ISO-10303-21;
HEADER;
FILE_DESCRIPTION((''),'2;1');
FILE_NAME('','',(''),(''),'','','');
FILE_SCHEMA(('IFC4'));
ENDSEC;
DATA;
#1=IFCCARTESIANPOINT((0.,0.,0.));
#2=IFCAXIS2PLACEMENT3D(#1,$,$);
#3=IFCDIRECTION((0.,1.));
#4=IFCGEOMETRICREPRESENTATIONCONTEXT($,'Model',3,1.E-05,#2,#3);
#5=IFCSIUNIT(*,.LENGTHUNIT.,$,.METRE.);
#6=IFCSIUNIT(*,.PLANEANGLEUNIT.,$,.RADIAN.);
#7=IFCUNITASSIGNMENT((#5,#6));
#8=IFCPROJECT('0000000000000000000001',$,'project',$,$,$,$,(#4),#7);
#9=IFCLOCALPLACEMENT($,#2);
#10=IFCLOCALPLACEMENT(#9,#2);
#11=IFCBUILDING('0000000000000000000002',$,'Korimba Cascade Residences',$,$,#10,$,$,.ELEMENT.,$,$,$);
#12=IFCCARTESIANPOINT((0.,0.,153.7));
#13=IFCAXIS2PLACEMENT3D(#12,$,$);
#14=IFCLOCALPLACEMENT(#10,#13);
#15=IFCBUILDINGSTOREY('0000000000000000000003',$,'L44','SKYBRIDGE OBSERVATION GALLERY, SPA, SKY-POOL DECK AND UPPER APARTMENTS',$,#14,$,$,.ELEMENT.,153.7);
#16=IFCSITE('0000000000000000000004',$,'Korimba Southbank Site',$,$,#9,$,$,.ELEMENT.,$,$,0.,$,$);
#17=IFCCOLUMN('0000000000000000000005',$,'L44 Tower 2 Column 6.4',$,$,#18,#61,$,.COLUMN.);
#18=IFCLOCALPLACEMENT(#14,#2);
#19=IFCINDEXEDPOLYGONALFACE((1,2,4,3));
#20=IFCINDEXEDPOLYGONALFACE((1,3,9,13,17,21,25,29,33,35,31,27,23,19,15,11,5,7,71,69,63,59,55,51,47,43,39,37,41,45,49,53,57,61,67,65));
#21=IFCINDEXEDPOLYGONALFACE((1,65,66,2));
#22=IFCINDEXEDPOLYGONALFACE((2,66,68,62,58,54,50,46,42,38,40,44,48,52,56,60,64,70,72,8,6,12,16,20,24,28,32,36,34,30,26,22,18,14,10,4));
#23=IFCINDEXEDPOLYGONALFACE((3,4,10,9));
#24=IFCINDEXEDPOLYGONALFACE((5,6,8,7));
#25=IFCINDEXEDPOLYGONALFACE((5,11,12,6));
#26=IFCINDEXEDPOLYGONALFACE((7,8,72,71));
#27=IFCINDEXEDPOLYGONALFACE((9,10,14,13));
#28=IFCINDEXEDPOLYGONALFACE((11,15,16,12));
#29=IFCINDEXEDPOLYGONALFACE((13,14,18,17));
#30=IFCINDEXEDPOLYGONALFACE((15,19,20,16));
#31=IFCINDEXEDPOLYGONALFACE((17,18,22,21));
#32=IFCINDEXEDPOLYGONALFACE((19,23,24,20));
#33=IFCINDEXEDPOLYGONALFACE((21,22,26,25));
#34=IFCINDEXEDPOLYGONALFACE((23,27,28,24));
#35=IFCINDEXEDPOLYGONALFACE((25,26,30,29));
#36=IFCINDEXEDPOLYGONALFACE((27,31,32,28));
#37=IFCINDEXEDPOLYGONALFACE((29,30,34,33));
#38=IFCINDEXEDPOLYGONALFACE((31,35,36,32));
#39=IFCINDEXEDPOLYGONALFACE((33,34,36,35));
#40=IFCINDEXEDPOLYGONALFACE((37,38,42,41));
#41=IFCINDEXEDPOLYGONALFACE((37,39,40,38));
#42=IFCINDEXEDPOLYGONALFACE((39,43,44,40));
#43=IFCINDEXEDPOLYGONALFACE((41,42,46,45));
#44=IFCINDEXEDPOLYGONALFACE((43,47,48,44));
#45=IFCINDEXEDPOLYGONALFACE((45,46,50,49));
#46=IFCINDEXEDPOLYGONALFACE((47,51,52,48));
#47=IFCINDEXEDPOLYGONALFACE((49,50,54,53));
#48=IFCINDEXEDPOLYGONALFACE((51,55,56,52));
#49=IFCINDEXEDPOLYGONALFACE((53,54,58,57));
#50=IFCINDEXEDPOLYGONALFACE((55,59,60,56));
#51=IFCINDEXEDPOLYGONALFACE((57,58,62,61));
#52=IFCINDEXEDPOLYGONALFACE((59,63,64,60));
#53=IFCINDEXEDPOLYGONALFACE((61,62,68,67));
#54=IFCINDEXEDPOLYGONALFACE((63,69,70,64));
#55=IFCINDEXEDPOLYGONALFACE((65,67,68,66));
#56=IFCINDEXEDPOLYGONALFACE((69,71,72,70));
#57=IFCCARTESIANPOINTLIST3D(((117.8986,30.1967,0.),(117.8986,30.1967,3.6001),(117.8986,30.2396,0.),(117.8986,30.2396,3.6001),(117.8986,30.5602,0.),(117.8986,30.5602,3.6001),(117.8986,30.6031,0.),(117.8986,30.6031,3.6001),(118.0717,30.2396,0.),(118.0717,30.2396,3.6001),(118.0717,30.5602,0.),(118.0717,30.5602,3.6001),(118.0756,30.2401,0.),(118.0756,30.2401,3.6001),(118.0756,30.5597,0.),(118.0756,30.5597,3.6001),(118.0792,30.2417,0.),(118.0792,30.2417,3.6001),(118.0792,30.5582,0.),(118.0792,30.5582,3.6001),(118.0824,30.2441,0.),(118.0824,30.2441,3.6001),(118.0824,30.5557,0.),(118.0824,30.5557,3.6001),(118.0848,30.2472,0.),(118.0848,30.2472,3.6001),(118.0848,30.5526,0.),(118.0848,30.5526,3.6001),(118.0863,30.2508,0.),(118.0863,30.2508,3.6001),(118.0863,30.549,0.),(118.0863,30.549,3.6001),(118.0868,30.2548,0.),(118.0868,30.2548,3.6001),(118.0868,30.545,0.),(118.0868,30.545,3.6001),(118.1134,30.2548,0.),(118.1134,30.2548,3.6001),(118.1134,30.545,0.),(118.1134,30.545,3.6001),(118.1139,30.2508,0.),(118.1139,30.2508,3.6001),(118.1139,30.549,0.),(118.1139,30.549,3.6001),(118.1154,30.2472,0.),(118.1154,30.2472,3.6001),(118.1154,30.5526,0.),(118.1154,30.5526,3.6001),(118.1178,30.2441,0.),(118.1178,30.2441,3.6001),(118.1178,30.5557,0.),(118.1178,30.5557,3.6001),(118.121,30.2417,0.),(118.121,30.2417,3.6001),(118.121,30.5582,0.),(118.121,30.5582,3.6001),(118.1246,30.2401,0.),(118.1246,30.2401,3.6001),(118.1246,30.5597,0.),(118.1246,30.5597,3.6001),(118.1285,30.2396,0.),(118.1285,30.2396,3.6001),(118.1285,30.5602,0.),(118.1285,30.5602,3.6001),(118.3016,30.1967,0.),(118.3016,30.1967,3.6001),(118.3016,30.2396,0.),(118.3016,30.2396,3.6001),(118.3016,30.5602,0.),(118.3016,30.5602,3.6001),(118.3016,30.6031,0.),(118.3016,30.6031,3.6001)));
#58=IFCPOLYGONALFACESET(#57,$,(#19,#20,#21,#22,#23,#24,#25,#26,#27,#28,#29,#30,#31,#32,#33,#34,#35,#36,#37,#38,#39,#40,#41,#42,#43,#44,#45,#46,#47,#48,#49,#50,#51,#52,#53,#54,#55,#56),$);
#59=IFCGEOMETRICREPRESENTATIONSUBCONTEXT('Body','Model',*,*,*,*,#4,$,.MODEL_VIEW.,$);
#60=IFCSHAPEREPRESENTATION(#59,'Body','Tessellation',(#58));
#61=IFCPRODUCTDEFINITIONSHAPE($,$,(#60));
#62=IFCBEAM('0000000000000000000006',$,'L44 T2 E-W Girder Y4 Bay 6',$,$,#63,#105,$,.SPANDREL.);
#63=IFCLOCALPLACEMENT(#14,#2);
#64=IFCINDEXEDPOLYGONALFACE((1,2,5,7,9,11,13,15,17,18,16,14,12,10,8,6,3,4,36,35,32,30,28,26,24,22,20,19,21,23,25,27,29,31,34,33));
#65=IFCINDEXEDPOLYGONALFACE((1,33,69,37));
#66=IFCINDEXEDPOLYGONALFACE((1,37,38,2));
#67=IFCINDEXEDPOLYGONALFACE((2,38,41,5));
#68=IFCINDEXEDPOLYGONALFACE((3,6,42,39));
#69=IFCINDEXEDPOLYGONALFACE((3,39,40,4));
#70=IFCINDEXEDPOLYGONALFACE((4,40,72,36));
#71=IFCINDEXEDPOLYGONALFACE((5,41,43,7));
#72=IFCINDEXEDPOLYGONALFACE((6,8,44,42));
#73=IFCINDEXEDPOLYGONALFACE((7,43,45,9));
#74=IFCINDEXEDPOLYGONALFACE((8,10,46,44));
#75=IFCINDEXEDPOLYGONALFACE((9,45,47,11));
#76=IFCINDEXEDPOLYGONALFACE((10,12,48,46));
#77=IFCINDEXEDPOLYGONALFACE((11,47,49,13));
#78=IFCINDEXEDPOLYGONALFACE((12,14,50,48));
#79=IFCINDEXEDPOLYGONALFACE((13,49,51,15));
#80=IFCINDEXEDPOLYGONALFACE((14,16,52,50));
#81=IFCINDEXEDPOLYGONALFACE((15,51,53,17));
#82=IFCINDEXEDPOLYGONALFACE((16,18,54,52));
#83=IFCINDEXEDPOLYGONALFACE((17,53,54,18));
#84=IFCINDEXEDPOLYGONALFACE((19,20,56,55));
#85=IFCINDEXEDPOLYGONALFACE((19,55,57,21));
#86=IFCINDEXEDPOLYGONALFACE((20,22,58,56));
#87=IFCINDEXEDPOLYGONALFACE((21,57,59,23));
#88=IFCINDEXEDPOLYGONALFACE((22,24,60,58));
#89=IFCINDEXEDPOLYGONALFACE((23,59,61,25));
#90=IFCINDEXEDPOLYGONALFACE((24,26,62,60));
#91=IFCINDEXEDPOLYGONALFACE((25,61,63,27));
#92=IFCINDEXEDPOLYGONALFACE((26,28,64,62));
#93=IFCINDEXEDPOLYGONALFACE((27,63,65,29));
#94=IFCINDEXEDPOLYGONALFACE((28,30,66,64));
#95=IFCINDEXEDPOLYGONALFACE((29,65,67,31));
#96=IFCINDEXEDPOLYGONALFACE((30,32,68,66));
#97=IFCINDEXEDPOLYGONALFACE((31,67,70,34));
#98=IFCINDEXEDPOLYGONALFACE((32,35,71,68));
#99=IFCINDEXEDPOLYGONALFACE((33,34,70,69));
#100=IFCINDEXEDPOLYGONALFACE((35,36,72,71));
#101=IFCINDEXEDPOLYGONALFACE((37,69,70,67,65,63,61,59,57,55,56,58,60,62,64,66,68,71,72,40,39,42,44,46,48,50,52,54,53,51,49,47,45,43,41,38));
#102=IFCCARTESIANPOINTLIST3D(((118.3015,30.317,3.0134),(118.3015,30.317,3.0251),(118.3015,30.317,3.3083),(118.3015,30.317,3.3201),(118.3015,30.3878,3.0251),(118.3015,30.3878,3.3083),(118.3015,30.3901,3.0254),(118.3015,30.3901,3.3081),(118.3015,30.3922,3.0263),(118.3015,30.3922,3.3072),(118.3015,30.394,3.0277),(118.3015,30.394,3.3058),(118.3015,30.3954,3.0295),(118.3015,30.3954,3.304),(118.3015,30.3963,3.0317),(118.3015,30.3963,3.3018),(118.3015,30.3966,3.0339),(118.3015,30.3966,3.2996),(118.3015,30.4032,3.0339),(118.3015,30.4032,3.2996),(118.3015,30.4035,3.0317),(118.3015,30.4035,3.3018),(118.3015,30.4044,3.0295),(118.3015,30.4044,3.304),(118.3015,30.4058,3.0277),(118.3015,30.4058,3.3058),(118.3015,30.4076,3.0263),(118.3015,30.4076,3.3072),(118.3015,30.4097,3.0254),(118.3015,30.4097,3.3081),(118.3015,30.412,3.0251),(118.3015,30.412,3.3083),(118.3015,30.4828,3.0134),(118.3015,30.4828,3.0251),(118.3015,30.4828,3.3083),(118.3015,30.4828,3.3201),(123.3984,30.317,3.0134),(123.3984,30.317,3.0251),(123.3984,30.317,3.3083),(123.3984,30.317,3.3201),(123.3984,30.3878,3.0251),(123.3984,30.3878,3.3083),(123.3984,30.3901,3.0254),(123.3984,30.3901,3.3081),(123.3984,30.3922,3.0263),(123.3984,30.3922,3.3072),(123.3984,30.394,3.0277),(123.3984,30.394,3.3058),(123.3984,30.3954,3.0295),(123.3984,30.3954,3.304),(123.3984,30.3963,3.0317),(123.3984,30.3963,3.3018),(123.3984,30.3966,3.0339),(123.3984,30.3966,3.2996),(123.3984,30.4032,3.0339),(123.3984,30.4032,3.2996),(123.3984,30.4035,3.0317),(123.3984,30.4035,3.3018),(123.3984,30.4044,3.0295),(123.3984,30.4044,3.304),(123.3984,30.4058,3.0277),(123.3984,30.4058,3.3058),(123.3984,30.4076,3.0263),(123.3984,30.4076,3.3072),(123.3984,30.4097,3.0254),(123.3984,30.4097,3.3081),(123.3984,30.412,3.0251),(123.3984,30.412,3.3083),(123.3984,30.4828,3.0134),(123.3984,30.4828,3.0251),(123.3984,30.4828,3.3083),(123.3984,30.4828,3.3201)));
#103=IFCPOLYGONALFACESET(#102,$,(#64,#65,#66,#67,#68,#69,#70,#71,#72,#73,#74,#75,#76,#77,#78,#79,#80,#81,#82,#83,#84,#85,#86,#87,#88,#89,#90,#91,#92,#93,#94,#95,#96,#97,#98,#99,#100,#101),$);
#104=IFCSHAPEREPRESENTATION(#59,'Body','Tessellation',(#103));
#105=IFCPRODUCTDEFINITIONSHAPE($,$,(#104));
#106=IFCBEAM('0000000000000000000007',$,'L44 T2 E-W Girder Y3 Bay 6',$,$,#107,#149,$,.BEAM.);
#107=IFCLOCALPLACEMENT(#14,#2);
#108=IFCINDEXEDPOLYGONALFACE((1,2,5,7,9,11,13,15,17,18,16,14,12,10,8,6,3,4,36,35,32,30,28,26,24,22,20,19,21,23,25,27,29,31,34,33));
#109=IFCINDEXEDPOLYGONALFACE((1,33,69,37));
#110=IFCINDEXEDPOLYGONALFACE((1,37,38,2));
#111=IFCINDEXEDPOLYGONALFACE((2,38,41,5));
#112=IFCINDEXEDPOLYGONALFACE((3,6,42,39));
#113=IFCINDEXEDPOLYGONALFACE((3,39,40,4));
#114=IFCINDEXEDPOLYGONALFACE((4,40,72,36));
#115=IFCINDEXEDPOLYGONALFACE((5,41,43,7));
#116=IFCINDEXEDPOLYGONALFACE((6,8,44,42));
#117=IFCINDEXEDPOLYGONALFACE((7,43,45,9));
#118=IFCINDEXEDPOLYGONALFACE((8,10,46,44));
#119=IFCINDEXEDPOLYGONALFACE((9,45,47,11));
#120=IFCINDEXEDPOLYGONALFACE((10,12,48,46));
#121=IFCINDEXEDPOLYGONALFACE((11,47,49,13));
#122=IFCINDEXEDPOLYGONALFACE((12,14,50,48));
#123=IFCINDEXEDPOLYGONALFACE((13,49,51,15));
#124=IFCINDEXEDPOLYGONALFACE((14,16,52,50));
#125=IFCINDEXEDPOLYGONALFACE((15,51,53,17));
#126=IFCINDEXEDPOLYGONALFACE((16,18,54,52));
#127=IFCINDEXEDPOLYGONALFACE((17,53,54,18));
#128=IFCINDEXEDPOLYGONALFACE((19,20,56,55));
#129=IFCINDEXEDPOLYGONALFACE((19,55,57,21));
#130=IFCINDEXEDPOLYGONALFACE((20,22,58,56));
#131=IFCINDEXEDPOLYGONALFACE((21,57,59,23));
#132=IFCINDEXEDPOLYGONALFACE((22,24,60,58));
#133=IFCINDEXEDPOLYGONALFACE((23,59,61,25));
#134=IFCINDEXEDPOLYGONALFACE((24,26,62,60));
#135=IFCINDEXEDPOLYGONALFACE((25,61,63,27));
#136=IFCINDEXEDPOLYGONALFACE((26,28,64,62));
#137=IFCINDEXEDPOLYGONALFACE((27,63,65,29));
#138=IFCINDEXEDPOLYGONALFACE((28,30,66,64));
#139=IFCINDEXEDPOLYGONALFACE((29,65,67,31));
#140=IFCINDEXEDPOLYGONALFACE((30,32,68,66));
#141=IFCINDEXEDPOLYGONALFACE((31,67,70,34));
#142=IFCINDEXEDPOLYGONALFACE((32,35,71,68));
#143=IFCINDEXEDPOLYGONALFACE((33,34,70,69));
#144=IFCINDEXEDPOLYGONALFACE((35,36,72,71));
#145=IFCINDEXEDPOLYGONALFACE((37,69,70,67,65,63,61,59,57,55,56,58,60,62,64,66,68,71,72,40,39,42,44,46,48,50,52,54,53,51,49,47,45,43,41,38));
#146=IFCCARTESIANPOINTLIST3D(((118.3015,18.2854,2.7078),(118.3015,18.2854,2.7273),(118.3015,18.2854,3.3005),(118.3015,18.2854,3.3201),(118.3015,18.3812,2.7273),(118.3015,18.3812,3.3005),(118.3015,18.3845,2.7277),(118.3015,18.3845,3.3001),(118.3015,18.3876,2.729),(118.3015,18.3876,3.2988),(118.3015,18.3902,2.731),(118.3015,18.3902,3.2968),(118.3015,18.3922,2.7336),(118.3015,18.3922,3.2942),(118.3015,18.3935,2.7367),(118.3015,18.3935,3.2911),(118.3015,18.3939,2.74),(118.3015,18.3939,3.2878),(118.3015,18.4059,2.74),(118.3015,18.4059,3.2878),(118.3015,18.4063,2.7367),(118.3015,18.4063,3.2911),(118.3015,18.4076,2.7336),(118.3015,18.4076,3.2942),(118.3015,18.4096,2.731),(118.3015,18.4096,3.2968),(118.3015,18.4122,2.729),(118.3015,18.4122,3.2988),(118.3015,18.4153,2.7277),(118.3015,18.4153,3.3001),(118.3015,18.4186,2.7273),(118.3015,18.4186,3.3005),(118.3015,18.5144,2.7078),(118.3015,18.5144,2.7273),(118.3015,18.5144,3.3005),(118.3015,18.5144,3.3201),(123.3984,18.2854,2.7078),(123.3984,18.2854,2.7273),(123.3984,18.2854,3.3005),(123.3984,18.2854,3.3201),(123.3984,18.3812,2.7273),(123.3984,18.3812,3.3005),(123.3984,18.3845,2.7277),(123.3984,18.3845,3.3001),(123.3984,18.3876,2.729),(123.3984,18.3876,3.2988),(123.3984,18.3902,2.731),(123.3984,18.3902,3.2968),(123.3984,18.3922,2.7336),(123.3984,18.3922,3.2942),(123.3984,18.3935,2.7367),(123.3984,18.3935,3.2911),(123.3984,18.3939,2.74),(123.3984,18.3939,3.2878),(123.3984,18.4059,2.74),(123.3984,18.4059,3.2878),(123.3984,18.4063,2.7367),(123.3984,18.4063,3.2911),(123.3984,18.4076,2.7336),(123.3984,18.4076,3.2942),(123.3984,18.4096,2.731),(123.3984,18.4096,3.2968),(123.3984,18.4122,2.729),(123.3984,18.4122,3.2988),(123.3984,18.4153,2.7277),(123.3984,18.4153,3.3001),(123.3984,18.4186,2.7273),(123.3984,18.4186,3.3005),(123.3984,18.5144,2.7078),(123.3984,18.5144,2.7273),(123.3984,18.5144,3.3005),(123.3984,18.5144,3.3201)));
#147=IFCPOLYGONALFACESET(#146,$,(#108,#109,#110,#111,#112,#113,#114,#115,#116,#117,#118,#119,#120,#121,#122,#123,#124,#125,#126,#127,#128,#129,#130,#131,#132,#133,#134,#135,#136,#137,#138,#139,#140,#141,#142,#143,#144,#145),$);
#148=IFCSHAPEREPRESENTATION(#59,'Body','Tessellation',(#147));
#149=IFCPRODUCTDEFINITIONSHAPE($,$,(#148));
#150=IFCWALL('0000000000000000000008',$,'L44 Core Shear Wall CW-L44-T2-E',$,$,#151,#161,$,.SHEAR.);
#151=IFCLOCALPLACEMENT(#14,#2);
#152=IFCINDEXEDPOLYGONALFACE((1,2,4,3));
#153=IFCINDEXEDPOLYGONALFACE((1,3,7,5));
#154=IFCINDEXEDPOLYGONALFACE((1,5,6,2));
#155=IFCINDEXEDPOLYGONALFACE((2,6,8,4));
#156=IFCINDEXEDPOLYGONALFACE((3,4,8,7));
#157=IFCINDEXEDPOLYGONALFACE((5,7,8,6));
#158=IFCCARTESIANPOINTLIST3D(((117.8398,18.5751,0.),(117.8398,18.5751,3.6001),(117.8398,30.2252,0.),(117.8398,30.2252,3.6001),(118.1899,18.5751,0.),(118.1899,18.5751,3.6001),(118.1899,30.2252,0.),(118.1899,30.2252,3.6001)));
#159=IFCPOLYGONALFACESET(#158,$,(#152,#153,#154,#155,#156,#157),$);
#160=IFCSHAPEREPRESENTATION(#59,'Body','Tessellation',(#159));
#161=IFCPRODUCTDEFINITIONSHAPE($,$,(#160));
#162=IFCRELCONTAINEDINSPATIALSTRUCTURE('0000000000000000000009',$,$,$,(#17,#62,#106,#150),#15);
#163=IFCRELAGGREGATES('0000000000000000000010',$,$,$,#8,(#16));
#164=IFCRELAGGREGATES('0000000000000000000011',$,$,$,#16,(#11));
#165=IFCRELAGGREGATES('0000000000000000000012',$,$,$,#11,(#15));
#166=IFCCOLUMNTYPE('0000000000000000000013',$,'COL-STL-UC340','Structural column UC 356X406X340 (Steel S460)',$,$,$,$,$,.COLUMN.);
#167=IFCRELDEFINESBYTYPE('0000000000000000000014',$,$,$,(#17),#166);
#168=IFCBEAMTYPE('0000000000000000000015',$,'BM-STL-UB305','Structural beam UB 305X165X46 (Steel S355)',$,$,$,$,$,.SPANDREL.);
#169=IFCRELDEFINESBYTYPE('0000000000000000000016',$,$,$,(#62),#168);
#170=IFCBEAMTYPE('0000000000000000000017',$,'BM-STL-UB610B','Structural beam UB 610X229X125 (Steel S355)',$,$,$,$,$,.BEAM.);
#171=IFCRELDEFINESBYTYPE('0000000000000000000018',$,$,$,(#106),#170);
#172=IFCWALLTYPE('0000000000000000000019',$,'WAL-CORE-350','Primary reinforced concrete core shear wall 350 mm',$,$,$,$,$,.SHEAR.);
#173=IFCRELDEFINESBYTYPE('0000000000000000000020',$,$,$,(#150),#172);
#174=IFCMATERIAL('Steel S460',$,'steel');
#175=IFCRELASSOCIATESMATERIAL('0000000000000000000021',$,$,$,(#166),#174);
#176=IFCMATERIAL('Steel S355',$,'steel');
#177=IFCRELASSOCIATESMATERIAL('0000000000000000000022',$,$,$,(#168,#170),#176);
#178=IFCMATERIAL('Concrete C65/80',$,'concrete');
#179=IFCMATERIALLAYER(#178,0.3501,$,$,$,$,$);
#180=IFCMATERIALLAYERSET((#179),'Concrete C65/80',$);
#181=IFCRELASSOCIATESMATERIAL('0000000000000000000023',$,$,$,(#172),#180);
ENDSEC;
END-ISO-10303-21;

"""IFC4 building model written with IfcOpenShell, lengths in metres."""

from ifc_helpers import new_model, si_unit, direction, frame, frame_2d, origin, origin_2d, place, context, subcontext, project, spatial, rectangle, i_section, extrude, material, layer, layer_set, material_profile, profile_set, type_object, element, save


model = new_model("IFC4")

# Units and contexts
model_context = context("Model", 3, precision=1e-05, world=origin(), true_north=direction((0.0, 1.0)))
body_context = subcontext(model_context, "Body", "Model", "MODEL_VIEW")
ifc_project = project(units=[si_unit("LENGTHUNIT", "METRE"), si_unit("PLANEANGLEUNIT", "RADIAN")], contexts=[model_context])

# Site, building, storey
site_placement = place(None, origin())
site = spatial("IfcSite", under=ifc_project, at=site_placement, Name="Korimba Southbank Site", CompositionType="ELEMENT", RefElevation=0.0)
building_placement = place(site_placement, origin())
building = spatial("IfcBuilding", under=site, at=building_placement, Name="Korimba Cascade Residences", CompositionType="ELEMENT")
storey_placement = place(building_placement, frame((0.0, 0.0, 153.7)))
storey = spatial("IfcBuildingStorey", under=building, at=storey_placement, Name="L44", Description="SKYBRIDGE OBSERVATION GALLERY, SPA, SKY-POOL DECK AND UPPER APARTMENTS", CompositionType="ELEMENT", Elevation=153.7)

# Column
ifc_material_1 = material(Name="Steel S460", Category="steel")
ifc_material_profile_1 = material_profile(ifc_material_1, i_section(OverallWidth=0.4031, OverallDepth=0.4065, WebThickness=0.0266, FlangeThickness=0.043, FilletRadius=0.0151, at=origin_2d()), Name="Steel S460")
ifc_profile_set_1 = profile_set([ifc_material_profile_1], Name="Steel S460")
column_type = type_object("IfcColumnType", Name="COL-STL-UC340", Description="Structural column UC 356X406X340 (Steel S460)", PredefinedType="COLUMN", material=ifc_profile_set_1)
column_placement = place(storey_placement, frame((118.1001, 30.3999, 0.0), z_axis=(0.0, 0.0, 1.0), x_axis=(1.0, 0.0, 0.0)))
element("IfcColumn", 1, at=column_placement, inside=storey, type_object=column_type, Name="L44 Tower 2 Column 6.4", PredefinedType="COLUMN", context=body_context, shape_type="SweptSolid", body=[
    extrude(i_section(OverallWidth=0.4031, OverallDepth=0.4065, WebThickness=0.0266, FlangeThickness=0.043, FilletRadius=0.0151, at=origin_2d()), origin(), (0.0, 0.0, 1.0), 3.6001),
])

# Beams
ifc_material_2 = material(Name="Steel S355", Category="steel")
ifc_material_profile_2 = material_profile(ifc_material_2, i_section(OverallWidth=0.1658, OverallDepth=0.3066, WebThickness=0.0066, FlangeThickness=0.0117, FilletRadius=0.0088, at=origin_2d()), Name="Steel S355")
ifc_profile_set_2 = profile_set([ifc_material_profile_2], Name="Steel S355")
beam_type_1 = type_object("IfcBeamType", Name="BM-STL-UB305", Description="Structural beam UB 305X165X46 (Steel S355)", PredefinedType="SPANDREL", material=ifc_profile_set_2)
beam_1_placement = place(storey_placement, frame((118.3015, 30.3999, 3.1667), z_axis=(1.0, 0.0, 0.0), x_axis=(0.0, 1.0, 0.0)))
element("IfcBeam", 2, at=beam_1_placement, inside=storey, type_object=beam_type_1, Name="L44 T2 E-W Girder Y4 Bay 6", PredefinedType="SPANDREL", context=body_context, shape_type="SweptSolid", body=[
    extrude(i_section(OverallWidth=0.1658, OverallDepth=0.3066, WebThickness=0.0066, FlangeThickness=0.0117, FilletRadius=0.0088, at=origin_2d()), origin(), (0.0, 0.0, 1.0), 5.0969),
])
ifc_material_profile_3 = material_profile(ifc_material_2, i_section(OverallWidth=0.229, OverallDepth=0.6123, WebThickness=0.012, FlangeThickness=0.0195, FilletRadius=0.0127, at=origin_2d()), Name="Steel S355")
ifc_profile_set_3 = profile_set([ifc_material_profile_3], Name="Steel S355")
beam_type_2 = type_object("IfcBeamType", Name="BM-STL-UB610B", Description="Structural beam UB 610X229X125 (Steel S355)", PredefinedType="BEAM", material=ifc_profile_set_3)
beam_2_placement = place(storey_placement, frame((118.3015, 18.3999, 3.0139), z_axis=(1.0, 0.0, 0.0), x_axis=(0.0, 1.0, 0.0)))
element("IfcBeam", 3, at=beam_2_placement, inside=storey, type_object=beam_type_2, Name="L44 T2 E-W Girder Y3 Bay 6", PredefinedType="BEAM", context=body_context, shape_type="SweptSolid", body=[
    extrude(i_section(OverallWidth=0.229, OverallDepth=0.6123, WebThickness=0.012, FlangeThickness=0.0195, FilletRadius=0.0127, at=origin_2d()), origin(), (0.0, 0.0, 1.0), 5.0969),
])

# Wall
ifc_material_3 = material(Name="Concrete C65/80", Category="concrete")
ifc_layer_1 = layer(ifc_material_3, 0.3501)
ifc_layer_set_1 = layer_set([ifc_layer_1], Name="Concrete C65/80")
wall_type_1 = type_object("IfcWallType", Name="WAL-CORE-350", Description="Primary reinforced concrete core shear wall 350 mm", PredefinedType="SHEAR", material=ifc_layer_set_1)
wall_1_placement = place(storey_placement, frame((118.0149, 18.575, 0.0), z_axis=(0.0, 0.0, 1.0), x_axis=(0.0, 1.0, 0.0)))
element("IfcWall", 4, at=wall_1_placement, inside=storey, type_object=wall_type_1, Name="L44 Core Shear Wall CW-L44-T2-E", PredefinedType="SHEAR", context=body_context, shape_type="SweptSolid", body=[
    extrude(rectangle(XDim=11.6501, YDim=0.3501, at=frame_2d((5.8252, 0.0))), origin(), (0.0, 0.0, 1.0), 3.6001),
])

save(model, "model.ifc")
